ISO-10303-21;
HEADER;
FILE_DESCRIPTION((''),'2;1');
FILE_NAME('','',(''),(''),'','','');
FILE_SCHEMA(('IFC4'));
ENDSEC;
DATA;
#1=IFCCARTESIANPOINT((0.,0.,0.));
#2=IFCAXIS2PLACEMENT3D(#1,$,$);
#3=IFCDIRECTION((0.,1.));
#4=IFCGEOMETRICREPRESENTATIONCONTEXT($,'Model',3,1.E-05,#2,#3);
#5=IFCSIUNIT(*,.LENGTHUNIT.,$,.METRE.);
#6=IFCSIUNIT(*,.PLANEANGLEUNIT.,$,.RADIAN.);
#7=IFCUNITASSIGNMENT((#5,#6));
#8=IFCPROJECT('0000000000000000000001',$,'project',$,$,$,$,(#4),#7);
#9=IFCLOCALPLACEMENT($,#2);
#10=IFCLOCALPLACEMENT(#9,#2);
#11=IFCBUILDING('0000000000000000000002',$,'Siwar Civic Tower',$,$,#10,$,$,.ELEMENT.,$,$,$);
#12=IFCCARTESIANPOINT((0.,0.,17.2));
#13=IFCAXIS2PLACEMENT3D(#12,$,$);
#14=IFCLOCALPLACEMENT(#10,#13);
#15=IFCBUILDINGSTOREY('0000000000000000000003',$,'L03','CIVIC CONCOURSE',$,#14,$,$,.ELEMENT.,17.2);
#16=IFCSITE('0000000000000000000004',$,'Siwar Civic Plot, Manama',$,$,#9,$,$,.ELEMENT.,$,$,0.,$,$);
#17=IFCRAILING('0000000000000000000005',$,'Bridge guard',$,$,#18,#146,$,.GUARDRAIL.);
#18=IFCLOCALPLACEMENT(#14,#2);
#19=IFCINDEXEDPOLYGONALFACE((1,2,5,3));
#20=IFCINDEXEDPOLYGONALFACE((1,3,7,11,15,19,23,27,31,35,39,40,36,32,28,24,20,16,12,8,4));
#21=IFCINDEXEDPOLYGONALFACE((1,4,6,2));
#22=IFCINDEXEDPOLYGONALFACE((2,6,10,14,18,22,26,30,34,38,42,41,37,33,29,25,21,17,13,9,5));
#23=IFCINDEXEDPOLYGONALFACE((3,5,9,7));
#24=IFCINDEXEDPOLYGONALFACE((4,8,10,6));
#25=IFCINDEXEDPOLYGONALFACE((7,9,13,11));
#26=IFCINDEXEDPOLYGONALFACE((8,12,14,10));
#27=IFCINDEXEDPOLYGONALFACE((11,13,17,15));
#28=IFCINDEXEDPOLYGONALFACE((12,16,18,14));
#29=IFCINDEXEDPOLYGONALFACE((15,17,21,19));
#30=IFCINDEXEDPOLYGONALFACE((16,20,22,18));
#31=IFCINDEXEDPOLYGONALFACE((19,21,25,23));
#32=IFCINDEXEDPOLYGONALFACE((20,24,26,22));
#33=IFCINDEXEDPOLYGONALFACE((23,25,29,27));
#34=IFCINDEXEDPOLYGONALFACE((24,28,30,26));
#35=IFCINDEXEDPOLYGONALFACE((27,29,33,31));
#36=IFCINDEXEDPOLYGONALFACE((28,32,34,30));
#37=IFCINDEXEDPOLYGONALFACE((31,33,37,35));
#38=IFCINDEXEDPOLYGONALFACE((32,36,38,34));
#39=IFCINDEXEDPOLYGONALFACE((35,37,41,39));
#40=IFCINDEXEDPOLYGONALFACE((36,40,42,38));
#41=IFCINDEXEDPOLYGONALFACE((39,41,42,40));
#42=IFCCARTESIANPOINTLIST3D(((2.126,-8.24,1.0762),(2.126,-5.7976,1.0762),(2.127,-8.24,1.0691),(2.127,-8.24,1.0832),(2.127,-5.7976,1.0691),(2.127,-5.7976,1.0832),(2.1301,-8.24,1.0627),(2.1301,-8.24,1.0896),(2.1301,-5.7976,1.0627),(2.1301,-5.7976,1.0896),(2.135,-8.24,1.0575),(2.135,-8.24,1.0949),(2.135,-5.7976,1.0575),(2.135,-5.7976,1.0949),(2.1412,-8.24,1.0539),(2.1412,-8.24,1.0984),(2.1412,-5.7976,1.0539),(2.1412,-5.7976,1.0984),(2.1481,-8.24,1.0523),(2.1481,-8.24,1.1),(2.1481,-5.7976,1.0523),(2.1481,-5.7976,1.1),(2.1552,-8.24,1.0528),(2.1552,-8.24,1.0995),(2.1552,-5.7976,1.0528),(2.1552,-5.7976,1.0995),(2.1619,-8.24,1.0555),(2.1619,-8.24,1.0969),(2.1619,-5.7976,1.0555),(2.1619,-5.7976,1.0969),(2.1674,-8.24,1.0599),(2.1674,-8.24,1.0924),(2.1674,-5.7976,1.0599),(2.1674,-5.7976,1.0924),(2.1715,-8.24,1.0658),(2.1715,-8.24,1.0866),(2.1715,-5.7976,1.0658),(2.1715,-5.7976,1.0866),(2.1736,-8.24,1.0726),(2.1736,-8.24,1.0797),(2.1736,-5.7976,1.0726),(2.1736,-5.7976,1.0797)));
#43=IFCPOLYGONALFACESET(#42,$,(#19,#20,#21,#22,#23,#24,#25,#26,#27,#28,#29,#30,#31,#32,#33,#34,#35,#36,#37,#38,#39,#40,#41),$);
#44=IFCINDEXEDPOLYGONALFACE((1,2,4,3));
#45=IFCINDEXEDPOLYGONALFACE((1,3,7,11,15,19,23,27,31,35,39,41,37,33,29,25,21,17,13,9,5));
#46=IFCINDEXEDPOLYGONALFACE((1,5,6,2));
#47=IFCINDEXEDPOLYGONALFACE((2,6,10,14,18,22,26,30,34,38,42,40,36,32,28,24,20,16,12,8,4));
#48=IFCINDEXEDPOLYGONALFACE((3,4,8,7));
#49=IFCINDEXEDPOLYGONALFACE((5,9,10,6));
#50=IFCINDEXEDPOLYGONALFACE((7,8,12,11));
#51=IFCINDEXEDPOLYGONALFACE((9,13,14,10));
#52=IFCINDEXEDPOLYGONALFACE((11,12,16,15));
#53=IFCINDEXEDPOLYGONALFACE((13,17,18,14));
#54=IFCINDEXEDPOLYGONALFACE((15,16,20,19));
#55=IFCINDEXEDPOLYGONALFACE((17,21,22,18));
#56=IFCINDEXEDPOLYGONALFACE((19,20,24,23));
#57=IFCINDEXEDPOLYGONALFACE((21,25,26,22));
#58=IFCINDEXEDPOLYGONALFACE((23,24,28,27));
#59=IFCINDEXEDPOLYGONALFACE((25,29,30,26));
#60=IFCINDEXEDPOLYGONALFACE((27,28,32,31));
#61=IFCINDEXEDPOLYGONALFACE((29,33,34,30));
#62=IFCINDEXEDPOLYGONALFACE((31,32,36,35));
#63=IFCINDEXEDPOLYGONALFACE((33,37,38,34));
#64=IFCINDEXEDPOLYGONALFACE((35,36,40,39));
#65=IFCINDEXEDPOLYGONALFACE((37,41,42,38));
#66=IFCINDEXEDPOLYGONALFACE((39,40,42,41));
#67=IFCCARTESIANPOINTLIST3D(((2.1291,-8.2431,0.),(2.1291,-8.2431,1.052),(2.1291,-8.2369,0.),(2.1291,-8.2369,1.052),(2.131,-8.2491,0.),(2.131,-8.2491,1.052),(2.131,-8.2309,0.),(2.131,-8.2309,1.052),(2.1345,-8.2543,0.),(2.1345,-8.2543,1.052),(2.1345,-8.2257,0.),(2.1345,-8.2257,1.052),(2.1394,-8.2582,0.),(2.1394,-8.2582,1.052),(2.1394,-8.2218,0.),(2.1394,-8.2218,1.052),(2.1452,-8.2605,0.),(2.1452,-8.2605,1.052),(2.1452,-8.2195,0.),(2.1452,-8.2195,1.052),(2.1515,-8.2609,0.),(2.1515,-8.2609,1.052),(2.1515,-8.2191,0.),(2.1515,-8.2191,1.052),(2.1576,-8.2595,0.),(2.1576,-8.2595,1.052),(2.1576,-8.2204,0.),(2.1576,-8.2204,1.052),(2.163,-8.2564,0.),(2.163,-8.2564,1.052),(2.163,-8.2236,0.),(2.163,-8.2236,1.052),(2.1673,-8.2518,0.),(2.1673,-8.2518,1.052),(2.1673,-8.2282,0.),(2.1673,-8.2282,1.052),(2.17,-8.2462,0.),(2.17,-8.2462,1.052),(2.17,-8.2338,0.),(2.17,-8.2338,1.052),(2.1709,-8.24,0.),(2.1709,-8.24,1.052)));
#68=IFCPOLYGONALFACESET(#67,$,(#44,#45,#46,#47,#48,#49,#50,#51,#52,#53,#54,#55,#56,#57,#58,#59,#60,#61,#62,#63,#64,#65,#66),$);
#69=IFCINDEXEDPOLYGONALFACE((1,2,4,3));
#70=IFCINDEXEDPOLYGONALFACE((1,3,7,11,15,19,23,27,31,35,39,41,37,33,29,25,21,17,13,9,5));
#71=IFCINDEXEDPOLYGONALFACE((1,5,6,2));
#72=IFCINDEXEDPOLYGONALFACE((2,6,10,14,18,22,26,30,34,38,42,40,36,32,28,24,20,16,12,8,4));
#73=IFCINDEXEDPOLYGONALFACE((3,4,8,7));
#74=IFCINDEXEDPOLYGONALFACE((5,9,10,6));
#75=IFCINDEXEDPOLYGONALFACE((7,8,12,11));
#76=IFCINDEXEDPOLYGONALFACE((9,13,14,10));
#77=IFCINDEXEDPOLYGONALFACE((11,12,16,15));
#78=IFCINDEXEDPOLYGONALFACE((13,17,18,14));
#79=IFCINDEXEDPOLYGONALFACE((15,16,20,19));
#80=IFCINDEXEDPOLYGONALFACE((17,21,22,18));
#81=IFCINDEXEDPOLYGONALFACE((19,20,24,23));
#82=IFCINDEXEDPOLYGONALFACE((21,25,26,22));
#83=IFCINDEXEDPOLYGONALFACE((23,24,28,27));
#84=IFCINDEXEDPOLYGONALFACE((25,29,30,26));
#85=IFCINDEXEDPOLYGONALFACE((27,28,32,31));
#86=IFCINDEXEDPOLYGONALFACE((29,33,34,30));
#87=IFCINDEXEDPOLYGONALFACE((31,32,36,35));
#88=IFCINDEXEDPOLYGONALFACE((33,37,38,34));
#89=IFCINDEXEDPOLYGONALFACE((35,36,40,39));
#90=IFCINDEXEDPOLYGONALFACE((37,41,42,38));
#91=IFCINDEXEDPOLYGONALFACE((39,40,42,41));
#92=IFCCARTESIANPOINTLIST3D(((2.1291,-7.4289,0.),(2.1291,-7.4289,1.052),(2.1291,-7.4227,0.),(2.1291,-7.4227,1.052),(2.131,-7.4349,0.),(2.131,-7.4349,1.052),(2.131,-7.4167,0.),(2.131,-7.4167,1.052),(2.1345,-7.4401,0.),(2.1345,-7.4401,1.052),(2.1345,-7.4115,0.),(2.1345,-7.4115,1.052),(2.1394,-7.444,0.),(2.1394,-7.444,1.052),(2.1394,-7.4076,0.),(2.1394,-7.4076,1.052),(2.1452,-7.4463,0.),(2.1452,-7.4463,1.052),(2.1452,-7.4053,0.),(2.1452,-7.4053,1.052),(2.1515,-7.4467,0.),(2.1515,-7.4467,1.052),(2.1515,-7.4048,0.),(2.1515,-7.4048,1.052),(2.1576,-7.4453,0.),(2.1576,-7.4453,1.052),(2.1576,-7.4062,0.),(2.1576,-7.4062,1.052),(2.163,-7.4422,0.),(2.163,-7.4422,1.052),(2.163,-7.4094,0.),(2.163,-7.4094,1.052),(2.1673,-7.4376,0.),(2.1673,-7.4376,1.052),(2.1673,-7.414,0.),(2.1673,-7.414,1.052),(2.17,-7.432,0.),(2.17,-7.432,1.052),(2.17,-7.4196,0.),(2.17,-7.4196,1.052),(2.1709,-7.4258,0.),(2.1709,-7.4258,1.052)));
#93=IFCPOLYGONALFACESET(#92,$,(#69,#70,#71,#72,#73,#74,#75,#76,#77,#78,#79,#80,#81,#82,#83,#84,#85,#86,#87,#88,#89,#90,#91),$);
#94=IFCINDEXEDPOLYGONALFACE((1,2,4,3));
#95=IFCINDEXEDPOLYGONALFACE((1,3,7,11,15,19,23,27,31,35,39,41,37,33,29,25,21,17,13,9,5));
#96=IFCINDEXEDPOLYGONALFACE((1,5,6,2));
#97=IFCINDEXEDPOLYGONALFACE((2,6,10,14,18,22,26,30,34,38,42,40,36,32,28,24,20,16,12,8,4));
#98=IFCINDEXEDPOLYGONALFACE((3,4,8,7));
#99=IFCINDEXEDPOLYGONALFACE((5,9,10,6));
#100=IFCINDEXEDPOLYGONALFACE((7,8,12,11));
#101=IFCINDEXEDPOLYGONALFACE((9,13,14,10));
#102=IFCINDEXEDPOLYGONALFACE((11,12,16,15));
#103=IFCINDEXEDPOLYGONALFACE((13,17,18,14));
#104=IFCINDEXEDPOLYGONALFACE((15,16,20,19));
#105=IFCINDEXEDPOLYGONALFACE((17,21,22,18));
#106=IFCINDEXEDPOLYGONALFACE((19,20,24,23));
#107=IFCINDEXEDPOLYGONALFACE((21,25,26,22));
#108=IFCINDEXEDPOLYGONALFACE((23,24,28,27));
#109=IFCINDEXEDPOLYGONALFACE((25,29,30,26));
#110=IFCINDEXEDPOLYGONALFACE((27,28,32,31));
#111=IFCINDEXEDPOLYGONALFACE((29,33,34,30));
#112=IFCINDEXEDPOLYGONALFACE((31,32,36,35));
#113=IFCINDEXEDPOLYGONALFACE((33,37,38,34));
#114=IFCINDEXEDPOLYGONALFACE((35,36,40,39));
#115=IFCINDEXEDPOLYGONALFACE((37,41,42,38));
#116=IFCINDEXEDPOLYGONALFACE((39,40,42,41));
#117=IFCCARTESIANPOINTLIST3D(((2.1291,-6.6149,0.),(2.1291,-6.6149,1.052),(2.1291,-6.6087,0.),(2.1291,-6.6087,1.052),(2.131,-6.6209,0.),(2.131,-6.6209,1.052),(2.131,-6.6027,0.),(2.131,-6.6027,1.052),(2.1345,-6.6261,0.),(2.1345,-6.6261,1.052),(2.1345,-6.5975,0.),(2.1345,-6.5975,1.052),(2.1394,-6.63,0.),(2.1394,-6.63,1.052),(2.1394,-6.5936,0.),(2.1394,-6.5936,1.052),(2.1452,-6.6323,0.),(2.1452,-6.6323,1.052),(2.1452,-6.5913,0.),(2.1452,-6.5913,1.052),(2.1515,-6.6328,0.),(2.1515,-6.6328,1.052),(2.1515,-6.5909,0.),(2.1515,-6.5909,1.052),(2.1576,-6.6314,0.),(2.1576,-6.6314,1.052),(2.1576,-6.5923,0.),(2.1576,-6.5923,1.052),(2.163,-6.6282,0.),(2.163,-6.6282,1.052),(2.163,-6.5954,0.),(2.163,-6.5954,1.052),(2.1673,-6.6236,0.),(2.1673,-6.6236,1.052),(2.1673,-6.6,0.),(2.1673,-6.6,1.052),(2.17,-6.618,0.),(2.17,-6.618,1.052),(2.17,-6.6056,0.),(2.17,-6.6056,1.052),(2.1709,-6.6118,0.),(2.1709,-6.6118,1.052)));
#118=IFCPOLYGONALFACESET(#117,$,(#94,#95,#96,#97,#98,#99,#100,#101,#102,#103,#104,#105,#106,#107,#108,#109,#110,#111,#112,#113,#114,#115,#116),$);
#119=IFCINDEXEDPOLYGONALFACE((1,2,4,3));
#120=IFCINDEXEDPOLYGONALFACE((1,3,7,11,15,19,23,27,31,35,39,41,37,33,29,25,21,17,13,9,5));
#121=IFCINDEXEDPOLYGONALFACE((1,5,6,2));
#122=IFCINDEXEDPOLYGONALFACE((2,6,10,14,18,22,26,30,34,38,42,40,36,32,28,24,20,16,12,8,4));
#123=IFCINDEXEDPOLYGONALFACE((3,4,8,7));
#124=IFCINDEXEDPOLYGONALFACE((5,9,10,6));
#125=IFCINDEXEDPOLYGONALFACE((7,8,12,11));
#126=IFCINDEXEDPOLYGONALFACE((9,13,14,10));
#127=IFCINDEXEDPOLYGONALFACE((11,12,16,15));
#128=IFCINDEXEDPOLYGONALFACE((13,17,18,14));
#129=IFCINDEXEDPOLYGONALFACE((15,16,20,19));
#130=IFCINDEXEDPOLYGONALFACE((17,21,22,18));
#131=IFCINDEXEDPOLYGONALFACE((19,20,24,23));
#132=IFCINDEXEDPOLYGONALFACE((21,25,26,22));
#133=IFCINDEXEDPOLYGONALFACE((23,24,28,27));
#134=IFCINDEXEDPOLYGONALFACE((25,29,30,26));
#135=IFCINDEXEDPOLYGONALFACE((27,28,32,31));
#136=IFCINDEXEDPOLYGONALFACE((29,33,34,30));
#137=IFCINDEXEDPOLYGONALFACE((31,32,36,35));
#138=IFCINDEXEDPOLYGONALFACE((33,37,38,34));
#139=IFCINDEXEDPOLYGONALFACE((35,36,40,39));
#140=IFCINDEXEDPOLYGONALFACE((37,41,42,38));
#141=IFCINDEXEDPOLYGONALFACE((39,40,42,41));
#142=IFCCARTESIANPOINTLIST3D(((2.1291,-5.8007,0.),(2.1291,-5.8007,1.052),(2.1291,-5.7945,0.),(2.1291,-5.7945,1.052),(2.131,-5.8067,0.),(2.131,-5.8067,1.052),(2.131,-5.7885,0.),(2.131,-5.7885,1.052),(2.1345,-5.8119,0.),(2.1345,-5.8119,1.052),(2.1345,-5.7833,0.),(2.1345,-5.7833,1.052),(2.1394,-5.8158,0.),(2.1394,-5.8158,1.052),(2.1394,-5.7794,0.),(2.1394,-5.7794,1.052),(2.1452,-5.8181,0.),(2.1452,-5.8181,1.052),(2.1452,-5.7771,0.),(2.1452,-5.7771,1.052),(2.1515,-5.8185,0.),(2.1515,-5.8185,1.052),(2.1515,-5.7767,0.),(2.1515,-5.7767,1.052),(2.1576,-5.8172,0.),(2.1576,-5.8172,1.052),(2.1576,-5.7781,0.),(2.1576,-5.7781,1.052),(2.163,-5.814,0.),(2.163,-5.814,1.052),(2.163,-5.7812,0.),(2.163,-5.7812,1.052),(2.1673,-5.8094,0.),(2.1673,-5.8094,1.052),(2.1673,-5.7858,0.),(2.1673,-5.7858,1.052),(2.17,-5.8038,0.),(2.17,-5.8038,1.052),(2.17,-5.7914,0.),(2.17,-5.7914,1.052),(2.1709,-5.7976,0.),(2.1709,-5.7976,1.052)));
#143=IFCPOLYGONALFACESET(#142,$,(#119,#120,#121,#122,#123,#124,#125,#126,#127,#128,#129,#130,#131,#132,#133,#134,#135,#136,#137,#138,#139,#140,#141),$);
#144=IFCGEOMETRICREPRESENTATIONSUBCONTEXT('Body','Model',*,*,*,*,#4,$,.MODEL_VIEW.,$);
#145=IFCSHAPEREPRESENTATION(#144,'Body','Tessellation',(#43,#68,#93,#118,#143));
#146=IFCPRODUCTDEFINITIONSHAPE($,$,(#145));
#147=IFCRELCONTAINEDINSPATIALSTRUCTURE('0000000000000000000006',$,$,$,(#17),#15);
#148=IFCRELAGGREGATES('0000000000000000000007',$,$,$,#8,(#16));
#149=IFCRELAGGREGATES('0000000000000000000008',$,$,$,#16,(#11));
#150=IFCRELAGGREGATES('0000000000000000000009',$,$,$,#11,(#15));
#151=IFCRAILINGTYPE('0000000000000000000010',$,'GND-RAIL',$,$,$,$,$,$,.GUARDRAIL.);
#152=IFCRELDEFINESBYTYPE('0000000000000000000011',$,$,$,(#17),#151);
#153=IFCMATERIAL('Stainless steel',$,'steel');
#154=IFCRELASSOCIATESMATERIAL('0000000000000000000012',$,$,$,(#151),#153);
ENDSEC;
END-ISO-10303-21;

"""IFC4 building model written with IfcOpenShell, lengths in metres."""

from ifc_helpers import new_model, si_unit, direction, frame, origin, origin_2d, place, context, subcontext, project, spatial, circle, extrude, material, type_object, element, save


model = new_model("IFC4")

# Units and contexts
model_context = context("Model", 3, precision=1e-05, world=origin(), true_north=direction((0.0, 1.0)))
body_context = subcontext(model_context, "Body", "Model", "MODEL_VIEW")
ifc_project = project(units=[si_unit("LENGTHUNIT", "METRE"), si_unit("PLANEANGLEUNIT", "RADIAN")], contexts=[model_context])

# Site, building, storey
site_placement = place(None, origin())
site = spatial("IfcSite", under=ifc_project, at=site_placement, Name="Siwar Civic Plot, Manama", CompositionType="ELEMENT", RefElevation=0.0)
building_placement = place(site_placement, origin())
building = spatial("IfcBuilding", under=site, at=building_placement, Name="Siwar Civic Tower", CompositionType="ELEMENT")
storey_placement = place(building_placement, frame((0.0, 0.0, 17.2)))
storey = spatial("IfcBuildingStorey", under=building, at=storey_placement, Name="L03", Description="CIVIC CONCOURSE", CompositionType="ELEMENT", Elevation=17.2)

# Railing
ifc_material_1 = material(Name="Stainless steel", Category="steel")
railing_type = type_object("IfcRailingType", Name="GND-RAIL", PredefinedType="GUARDRAIL", material=ifc_material_1)
railing_1_placement = place(storey_placement, frame((2.1499, -8.24, 0.0)))
element("IfcRailing", 1, at=railing_1_placement, inside=storey, type_object=railing_type, Name="Bridge guard", PredefinedType="GUARDRAIL", context=body_context, shape_type="SweptSolid", body=[
    extrude(circle(Radius=0.0239, at=origin_2d()), frame((0.0, 0.0, 1.0762), z_axis=(0.0, 1.0, 0.0), x_axis=(-1.0, 0.0, 0.0)), (0.0, 0.0, 1.0), 2.4424),
    extrude(circle(Radius=0.021, at=origin_2d()), origin(), (0.0, 0.0, 1.0), 1.052),
    extrude(circle(Radius=0.021, at=origin_2d()), frame((0.0, 0.8142, 0.0)), (0.0, 0.0, 1.0), 1.052),
    extrude(circle(Radius=0.021, at=origin_2d()), frame((0.0, 1.6282, 0.0)), (0.0, 0.0, 1.0), 1.052),
    extrude(circle(Radius=0.021, at=origin_2d()), frame((0.0, 2.4424, 0.0)), (0.0, 0.0, 1.0), 1.052),
])

save(model, "model.ifc")
